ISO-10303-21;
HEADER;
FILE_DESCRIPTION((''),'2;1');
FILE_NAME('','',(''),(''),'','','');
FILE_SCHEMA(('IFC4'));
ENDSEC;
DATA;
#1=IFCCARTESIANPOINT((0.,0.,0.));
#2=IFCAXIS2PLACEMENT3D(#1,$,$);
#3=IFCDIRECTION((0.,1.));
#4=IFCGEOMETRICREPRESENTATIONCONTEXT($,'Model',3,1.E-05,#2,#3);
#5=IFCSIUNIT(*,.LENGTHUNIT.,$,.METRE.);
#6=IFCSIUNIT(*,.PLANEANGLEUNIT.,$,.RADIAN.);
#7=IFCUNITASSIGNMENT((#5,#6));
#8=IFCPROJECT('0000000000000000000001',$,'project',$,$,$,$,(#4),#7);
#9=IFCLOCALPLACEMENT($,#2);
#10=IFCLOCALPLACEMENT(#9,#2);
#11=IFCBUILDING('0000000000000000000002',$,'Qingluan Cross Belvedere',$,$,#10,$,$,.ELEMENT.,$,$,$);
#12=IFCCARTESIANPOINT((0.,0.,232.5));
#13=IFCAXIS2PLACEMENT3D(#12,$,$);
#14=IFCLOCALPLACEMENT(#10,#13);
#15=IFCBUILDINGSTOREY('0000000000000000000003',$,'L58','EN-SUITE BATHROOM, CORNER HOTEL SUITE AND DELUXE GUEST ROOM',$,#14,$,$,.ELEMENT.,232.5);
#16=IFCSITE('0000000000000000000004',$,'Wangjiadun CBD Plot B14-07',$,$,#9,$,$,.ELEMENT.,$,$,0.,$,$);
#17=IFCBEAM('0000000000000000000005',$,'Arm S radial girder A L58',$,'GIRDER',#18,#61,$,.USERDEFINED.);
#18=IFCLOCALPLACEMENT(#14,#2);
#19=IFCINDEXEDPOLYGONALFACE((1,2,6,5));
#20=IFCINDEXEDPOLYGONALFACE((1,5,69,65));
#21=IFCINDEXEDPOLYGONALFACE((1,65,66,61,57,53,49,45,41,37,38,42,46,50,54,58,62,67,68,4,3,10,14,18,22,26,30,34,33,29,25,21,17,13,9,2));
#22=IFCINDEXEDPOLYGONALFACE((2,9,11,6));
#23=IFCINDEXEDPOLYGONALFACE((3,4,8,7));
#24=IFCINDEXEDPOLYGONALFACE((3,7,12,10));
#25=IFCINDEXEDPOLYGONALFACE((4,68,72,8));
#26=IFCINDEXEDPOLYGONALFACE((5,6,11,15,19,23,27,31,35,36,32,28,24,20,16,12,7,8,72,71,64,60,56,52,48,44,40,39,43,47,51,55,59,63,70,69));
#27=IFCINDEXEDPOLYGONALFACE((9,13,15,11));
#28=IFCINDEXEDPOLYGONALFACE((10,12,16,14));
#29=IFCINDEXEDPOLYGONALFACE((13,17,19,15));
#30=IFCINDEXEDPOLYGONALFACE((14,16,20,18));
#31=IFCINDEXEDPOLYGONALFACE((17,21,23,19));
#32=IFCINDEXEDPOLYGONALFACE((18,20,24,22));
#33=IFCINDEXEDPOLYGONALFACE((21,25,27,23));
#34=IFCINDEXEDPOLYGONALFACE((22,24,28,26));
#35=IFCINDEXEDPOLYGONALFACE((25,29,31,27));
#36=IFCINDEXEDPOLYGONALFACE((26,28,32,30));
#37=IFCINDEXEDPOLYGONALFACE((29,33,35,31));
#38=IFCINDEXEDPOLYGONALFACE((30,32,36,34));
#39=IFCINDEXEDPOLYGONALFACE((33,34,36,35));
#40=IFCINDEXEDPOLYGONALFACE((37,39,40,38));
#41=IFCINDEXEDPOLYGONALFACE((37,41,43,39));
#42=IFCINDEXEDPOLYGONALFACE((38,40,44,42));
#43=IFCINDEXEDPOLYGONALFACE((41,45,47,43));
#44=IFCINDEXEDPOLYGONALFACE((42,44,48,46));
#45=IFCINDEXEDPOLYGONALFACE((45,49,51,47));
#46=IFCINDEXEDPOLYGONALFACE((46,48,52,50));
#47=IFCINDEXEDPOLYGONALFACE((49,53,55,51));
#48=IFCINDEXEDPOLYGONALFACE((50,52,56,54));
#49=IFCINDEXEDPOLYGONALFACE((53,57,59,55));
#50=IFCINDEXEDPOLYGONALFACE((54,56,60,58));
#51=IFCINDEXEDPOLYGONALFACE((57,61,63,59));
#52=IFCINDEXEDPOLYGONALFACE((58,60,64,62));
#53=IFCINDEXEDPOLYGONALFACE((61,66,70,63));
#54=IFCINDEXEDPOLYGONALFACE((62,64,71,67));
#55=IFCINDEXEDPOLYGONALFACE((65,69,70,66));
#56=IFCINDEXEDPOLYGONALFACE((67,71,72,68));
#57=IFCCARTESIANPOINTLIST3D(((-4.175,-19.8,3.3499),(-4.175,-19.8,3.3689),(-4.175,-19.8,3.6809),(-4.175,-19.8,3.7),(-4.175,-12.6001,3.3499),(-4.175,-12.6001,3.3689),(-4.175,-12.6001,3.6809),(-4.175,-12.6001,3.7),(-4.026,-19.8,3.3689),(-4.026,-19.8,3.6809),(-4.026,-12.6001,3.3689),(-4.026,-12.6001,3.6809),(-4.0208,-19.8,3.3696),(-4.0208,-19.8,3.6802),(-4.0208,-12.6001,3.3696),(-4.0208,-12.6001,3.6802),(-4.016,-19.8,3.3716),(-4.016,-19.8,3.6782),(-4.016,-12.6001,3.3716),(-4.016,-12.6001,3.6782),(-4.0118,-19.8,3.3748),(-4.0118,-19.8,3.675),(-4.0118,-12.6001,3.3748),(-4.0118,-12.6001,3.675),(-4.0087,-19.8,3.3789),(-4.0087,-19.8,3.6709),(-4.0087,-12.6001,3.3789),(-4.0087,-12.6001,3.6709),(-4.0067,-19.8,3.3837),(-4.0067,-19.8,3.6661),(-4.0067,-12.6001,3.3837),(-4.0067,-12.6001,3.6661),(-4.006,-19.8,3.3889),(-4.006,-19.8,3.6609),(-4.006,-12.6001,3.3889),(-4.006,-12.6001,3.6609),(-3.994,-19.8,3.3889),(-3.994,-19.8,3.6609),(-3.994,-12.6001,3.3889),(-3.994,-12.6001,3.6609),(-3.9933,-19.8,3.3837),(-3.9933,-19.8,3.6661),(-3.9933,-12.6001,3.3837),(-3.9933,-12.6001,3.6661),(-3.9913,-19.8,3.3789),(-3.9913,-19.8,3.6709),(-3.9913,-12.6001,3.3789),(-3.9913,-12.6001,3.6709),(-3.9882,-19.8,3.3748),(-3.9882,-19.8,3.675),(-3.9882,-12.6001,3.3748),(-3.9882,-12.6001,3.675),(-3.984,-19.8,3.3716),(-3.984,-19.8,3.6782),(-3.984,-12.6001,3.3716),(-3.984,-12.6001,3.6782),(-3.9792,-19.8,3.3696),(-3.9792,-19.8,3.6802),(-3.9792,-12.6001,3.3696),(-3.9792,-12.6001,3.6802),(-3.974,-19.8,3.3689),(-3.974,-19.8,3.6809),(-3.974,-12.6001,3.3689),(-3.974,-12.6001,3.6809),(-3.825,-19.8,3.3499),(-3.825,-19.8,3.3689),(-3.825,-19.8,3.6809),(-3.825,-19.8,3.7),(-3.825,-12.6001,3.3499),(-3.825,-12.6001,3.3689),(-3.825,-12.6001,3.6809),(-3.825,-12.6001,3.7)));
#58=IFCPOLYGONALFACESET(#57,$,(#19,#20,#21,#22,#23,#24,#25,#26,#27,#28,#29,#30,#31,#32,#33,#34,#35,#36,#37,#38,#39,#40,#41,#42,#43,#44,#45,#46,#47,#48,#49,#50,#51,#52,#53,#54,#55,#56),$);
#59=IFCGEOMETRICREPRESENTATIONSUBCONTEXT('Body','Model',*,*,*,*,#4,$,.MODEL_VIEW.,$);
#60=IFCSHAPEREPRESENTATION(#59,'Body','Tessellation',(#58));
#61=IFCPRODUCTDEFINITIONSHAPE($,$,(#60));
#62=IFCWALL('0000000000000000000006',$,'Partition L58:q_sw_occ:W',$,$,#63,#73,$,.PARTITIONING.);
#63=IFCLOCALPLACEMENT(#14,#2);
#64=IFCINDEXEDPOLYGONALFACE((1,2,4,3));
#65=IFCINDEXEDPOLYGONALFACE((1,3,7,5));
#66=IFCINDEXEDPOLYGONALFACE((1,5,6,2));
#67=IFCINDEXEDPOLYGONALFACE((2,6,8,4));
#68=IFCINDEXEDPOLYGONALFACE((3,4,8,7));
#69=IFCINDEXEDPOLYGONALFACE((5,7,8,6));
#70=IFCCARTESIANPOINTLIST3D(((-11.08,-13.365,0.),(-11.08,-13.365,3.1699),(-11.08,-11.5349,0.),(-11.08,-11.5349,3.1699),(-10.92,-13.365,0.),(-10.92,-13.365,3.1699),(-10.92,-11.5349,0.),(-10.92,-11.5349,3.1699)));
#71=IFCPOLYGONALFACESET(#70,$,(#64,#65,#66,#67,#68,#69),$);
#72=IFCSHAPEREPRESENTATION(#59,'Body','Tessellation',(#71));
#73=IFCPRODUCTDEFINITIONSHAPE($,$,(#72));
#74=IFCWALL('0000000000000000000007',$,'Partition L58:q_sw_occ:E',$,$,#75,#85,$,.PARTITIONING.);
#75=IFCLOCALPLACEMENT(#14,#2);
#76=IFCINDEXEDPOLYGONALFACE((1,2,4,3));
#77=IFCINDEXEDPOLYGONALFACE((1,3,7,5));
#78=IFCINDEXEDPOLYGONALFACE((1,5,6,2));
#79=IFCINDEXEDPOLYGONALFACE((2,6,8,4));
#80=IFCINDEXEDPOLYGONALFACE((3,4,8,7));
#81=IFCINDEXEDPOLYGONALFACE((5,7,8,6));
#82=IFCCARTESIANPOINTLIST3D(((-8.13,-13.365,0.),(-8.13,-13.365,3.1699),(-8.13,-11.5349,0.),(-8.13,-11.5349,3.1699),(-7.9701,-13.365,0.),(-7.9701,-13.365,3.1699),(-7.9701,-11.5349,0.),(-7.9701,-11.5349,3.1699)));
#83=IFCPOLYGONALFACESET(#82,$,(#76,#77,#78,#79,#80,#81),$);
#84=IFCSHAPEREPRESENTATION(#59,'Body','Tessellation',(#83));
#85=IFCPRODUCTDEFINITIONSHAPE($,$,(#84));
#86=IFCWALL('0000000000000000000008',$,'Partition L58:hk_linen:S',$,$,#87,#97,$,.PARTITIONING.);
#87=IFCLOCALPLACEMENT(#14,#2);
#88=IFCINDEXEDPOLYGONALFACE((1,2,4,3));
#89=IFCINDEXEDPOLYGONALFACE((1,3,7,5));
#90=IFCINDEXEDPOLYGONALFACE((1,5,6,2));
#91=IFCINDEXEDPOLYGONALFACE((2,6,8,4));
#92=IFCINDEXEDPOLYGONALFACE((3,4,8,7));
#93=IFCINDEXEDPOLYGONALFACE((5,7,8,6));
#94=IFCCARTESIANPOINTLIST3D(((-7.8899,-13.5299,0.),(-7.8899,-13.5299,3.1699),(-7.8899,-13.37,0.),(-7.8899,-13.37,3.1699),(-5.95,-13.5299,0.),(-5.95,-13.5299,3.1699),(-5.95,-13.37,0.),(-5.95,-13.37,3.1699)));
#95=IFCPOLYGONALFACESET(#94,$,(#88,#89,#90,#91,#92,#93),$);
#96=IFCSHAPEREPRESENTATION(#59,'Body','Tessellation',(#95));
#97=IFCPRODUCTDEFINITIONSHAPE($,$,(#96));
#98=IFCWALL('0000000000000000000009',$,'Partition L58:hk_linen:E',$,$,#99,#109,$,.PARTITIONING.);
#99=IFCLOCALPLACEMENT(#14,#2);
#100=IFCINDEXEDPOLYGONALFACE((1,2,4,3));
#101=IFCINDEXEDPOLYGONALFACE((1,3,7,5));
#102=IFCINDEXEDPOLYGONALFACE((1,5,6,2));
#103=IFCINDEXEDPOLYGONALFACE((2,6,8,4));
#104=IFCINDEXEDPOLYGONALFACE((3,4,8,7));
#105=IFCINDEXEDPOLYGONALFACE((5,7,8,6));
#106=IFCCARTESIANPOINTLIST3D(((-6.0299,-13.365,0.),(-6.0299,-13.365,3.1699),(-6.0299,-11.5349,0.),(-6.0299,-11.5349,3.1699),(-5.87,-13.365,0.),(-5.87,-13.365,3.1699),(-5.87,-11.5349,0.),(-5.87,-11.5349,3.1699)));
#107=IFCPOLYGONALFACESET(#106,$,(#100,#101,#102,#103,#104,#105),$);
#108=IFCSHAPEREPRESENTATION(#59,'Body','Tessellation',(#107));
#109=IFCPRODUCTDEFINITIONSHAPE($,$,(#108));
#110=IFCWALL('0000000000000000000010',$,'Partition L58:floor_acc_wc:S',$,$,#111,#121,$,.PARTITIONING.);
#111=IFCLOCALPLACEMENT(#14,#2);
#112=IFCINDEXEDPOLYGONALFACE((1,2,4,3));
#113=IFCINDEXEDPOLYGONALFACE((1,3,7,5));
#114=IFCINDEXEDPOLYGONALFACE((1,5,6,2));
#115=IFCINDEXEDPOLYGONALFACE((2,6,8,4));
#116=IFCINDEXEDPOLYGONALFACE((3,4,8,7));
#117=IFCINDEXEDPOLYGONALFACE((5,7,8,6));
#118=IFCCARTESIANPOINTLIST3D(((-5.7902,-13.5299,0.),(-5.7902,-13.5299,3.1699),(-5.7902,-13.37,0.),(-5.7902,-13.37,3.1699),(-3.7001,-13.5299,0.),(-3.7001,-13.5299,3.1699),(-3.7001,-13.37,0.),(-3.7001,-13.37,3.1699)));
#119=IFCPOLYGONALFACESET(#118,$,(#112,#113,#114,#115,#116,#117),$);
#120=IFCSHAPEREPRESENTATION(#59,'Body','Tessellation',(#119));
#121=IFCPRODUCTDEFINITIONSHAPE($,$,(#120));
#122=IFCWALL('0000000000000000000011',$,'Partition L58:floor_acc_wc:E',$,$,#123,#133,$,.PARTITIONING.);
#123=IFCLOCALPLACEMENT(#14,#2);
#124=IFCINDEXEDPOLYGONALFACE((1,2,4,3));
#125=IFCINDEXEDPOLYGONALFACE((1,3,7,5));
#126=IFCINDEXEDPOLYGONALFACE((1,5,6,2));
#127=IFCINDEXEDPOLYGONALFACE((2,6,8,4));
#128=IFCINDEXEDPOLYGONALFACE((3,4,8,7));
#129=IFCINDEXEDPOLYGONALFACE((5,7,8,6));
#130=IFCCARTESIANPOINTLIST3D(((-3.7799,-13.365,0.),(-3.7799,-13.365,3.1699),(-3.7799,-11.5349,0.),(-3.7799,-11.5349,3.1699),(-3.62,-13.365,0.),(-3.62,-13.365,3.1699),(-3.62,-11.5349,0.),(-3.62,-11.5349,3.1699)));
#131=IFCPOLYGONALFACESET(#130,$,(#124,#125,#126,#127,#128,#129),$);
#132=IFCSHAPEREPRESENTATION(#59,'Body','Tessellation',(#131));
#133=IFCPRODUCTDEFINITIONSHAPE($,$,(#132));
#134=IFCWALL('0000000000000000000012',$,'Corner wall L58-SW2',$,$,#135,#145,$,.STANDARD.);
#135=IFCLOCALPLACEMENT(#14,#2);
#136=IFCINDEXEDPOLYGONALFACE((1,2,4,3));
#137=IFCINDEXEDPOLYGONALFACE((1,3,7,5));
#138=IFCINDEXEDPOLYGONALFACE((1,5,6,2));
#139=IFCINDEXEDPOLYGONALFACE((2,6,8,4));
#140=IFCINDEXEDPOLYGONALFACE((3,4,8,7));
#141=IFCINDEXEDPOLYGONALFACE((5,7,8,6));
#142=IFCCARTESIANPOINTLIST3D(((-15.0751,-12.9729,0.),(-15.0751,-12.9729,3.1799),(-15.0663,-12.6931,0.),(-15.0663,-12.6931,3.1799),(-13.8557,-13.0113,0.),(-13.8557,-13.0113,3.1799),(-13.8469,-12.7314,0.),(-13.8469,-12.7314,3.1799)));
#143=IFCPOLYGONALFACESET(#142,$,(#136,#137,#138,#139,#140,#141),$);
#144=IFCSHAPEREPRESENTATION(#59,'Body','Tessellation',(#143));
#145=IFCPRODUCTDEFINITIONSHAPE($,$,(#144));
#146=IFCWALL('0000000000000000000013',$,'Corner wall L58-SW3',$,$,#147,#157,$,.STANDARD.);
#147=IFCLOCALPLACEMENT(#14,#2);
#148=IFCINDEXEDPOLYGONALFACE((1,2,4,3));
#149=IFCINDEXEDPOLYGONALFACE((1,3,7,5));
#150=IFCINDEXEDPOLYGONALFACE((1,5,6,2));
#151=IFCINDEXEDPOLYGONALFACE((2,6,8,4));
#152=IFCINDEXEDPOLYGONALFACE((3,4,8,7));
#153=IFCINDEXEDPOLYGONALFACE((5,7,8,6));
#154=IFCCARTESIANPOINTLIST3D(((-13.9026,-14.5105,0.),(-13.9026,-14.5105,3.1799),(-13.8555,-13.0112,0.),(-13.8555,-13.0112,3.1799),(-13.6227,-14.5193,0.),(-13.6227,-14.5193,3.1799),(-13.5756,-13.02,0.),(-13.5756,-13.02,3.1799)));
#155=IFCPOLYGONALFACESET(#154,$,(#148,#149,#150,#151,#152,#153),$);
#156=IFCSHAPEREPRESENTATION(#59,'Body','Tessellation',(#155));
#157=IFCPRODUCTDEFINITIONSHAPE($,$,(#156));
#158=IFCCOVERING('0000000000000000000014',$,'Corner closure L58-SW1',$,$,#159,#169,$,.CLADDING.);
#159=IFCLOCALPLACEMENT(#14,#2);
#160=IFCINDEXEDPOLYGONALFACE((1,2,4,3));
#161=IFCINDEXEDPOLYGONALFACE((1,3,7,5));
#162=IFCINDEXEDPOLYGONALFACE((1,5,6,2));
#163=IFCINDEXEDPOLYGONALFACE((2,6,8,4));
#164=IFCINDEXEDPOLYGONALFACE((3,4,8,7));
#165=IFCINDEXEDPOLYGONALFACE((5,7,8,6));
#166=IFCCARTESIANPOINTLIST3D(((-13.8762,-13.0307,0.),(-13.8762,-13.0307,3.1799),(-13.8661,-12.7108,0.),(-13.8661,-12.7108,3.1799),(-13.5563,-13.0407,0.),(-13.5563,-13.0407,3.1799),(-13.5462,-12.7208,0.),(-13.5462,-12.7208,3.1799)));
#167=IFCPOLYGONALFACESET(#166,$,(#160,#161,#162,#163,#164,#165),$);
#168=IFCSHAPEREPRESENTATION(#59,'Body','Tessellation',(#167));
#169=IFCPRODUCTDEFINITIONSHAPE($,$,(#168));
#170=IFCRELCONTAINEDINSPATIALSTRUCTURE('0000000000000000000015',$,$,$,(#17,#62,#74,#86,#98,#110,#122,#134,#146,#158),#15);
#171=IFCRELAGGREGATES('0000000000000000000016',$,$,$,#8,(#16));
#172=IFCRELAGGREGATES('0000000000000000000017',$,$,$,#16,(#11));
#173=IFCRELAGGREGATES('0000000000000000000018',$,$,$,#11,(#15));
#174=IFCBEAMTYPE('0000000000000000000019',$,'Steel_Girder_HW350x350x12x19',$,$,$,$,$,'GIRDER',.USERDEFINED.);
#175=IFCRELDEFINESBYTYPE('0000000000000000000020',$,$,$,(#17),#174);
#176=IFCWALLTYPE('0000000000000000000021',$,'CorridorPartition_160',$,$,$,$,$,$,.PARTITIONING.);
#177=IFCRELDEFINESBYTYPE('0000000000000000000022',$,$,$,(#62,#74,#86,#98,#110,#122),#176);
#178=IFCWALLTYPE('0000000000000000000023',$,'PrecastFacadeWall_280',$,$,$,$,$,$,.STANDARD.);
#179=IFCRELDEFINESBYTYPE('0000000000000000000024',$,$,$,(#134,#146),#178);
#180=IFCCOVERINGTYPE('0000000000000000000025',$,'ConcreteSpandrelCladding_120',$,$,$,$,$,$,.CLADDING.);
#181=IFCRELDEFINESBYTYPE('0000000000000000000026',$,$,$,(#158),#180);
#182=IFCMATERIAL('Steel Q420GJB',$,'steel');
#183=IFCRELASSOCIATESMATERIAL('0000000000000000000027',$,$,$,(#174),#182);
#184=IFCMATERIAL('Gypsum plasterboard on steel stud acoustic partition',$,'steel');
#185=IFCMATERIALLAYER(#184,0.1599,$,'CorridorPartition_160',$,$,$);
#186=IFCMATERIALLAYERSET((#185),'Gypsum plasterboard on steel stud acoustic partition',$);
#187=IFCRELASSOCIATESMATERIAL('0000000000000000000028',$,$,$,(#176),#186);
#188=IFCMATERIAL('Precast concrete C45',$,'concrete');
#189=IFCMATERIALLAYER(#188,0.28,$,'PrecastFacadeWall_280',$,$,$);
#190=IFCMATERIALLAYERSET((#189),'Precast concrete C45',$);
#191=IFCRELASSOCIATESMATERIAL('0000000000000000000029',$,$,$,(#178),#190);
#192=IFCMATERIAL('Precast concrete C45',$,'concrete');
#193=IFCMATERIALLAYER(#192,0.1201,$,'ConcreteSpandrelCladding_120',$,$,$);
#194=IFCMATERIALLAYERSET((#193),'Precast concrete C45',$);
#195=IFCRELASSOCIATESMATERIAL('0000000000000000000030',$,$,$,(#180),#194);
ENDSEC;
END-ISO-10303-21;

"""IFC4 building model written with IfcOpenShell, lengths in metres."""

from ifc_helpers import new_model, si_unit, direction, frame, frame_2d, origin, origin_2d, place, context, subcontext, project, spatial, rectangle, i_section, extrude, material, layer, layer_set, material_profile, profile_set, type_object, element, save


model = new_model("IFC4")

# Units and contexts
model_context = context("Model", 3, precision=1e-05, world=origin(), true_north=direction((0.0, 1.0)))
body_context = subcontext(model_context, "Body", "Model", "MODEL_VIEW")
ifc_project = project(units=[si_unit("LENGTHUNIT", "METRE"), si_unit("PLANEANGLEUNIT", "RADIAN")], contexts=[model_context])

# Site, building, storey
site_placement = place(None, origin())
site = spatial("IfcSite", under=ifc_project, at=site_placement, Name="Wangjiadun CBD Plot B14-07", CompositionType="ELEMENT", RefElevation=0.0)
building_placement = place(site_placement, origin())
building = spatial("IfcBuilding", under=site, at=building_placement, Name="Qingluan Cross Belvedere", CompositionType="ELEMENT")
storey_placement = place(building_placement, frame((0.0, 0.0, 232.5)))
storey = spatial("IfcBuildingStorey", under=building, at=storey_placement, Name="L58", Description="EN-SUITE BATHROOM, CORNER HOTEL SUITE AND DELUXE GUEST ROOM", CompositionType="ELEMENT", Elevation=232.5)

# Beam
ifc_material_1 = material(Name="Steel Q420GJB", Category="steel")
ifc_material_profile_1 = material_profile(ifc_material_1, i_section(OverallWidth=0.3501, OverallDepth=0.3501, WebThickness=0.012, FlangeThickness=0.019, FilletRadius=0.02, at=origin_2d()), Name="HW350x350x12x19")
ifc_profile_set_1 = profile_set([ifc_material_profile_1], Name="Steel Q420GJB")
beam_type_1 = type_object("IfcBeamType", Name="Steel_Girder_HW350x350x12x19", ElementType="GIRDER", PredefinedType="USERDEFINED", material=ifc_profile_set_1)
beam_1_placement = place(storey_placement, frame((-4.0, -12.6001, 3.5249), z_axis=(0.0, -1.0, 0.0), x_axis=(1.0, 0.0, 0.0)))
element("IfcBeam", 1, at=beam_1_placement, inside=storey, type_object=beam_type_1, Name="Arm S radial girder A L58", ObjectType="GIRDER", PredefinedType="USERDEFINED", context=body_context, shape_type="SweptSolid", body=[
    extrude(i_section(OverallWidth=0.3501, OverallDepth=0.3501, WebThickness=0.012, FlangeThickness=0.019, FilletRadius=0.02, at=origin_2d()), origin(), (0.0, 0.0, 1.0), 7.2),
])

# Walls
ifc_material_2 = material(Name="Gypsum plasterboard on steel stud acoustic partition", Category="steel")
ifc_layer_1 = layer(ifc_material_2, 0.1599, Name="CorridorPartition_160")
ifc_layer_set_1 = layer_set([ifc_layer_1], Name="Gypsum plasterboard on steel stud acoustic partition")
wall_type_1 = type_object("IfcWallType", Name="CorridorPartition_160", PredefinedType="PARTITIONING", material=ifc_layer_set_1)
for number, where, z_axis, x_axis, name in (
    (2, (-11.0, -13.365, 0.0), (0.0, 0.0, 1.0), (0.0, 1.0, 0.0), "Partition L58:q_sw_occ:W"),
    (3, (-8.05, -13.365, 0.0), (0.0, 0.0, 1.0), (0.0, 1.0, 0.0), "Partition L58:q_sw_occ:E"),
):
    element("IfcWall", number, at=place(storey_placement, frame(where, z_axis=z_axis, x_axis=x_axis)), inside=storey, type_object=wall_type_1, Name=name, PredefinedType="PARTITIONING", context=body_context, shape_type="SweptSolid", body=[
        extrude(rectangle(XDim=1.8301, YDim=0.1599, at=frame_2d((0.915, 0.0))), origin(), (0.0, 0.0, 1.0), 3.1699),
    ])
wall_1_placement = place(storey_placement, frame((-7.8899, -13.45, 0.0), z_axis=(0.0, 0.0, 1.0), x_axis=(1.0, 0.0, 0.0)))
element("IfcWall", 4, at=wall_1_placement, inside=storey, type_object=wall_type_1, Name="Partition L58:hk_linen:S", PredefinedType="PARTITIONING", context=body_context, shape_type="SweptSolid", body=[
    extrude(rectangle(XDim=1.9399, YDim=0.1599, at=frame_2d((0.97, 0.0))), origin(), (0.0, 0.0, 1.0), 3.1699),
])
wall_2_placement = place(storey_placement, frame((-5.95, -13.365, 0.0), z_axis=(0.0, 0.0, 1.0), x_axis=(0.0, 1.0, 0.0)))
element("IfcWall", 5, at=wall_2_placement, inside=storey, type_object=wall_type_1, Name="Partition L58:hk_linen:E", PredefinedType="PARTITIONING", context=body_context, shape_type="SweptSolid", body=[
    extrude(rectangle(XDim=1.8301, YDim=0.1599, at=frame_2d((0.915, 0.0))), origin(), (0.0, 0.0, 1.0), 3.1699),
])
wall_3_placement = place(storey_placement, frame((-5.79, -13.45, 0.0), z_axis=(0.0, 0.0, 1.0), x_axis=(1.0, 0.0, 0.0)))
element("IfcWall", 6, at=wall_3_placement, inside=storey, type_object=wall_type_1, Name="Partition L58:floor_acc_wc:S", PredefinedType="PARTITIONING", context=body_context, shape_type="SweptSolid", body=[
    extrude(rectangle(XDim=2.0901, YDim=0.1599, at=frame_2d((1.0449, 0.0))), origin(), (0.0, 0.0, 1.0), 3.1699),
])
wall_4_placement = place(storey_placement, frame((-3.7, -13.365, 0.0), z_axis=(0.0, 0.0, 1.0), x_axis=(0.0, 1.0, 0.0)))
element("IfcWall", 7, at=wall_4_placement, inside=storey, type_object=wall_type_1, Name="Partition L58:floor_acc_wc:E", PredefinedType="PARTITIONING", context=body_context, shape_type="SweptSolid", body=[
    extrude(rectangle(XDim=1.8301, YDim=0.1599, at=frame_2d((0.915, 0.0))), origin(), (0.0, 0.0, 1.0), 3.1699),
])
ifc_material_3 = material(Name="Precast concrete C45", Category="concrete")
ifc_layer_2 = layer(ifc_material_3, 0.28, Name="PrecastFacadeWall_280")
ifc_layer_set_2 = layer_set([ifc_layer_2], Name="Precast concrete C45")
wall_type_2 = type_object("IfcWallType", Name="PrecastFacadeWall_280", PredefinedType="STANDARD", material=ifc_layer_set_2)
wall_5_placement = place(storey_placement, frame((-15.0706, -12.833, 0.0), z_axis=(0.0, 0.0, 1.0), x_axis=(0.999506, -0.031416, 0.0)))
element("IfcWall", 8, at=wall_5_placement, inside=storey, type_object=wall_type_2, Name="Corner wall L58-SW2", PredefinedType="STANDARD", context=body_context, shape_type="SweptSolid", body=[
    extrude(rectangle(XDim=1.22, YDim=0.28, at=frame_2d((0.6099, 0.0))), origin(), (0.0, 0.0, 1.0), 3.1799),
])
wall_6_placement = place(storey_placement, frame((-13.7156, -13.0156, 0.0), z_axis=(0.0, 0.0, 1.0), x_axis=(-0.031413, -0.999507, 0.0)))
element("IfcWall", 9, at=wall_6_placement, inside=storey, type_object=wall_type_2, Name="Corner wall L58-SW3", PredefinedType="STANDARD", context=body_context, shape_type="SweptSolid", body=[
    extrude(rectangle(XDim=1.5, YDim=0.28, at=frame_2d((0.75, 0.0))), origin(), (0.0, 0.0, 1.0), 3.1799),
])

# Covering
ifc_material_4 = material(Name="Precast concrete C45", Category="concrete")
ifc_layer_3 = layer(ifc_material_4, 0.1201, Name="ConcreteSpandrelCladding_120")
ifc_layer_set_3 = layer_set([ifc_layer_3], Name="Precast concrete C45")
covering_type = type_object("IfcCoveringType", Name="ConcreteSpandrelCladding_120", PredefinedType="CLADDING", material=ifc_layer_set_3)
covering_placement = place(storey_placement, frame((-13.7112, -12.8757, 0.0), z_axis=(0.0, 0.0, 1.0), x_axis=(0.999507, -0.031411, 0.0)))
element("IfcCovering", 10, at=covering_placement, inside=storey, type_object=covering_type, Name="Corner closure L58-SW1", PredefinedType="CLADDING", context=body_context, shape_type="SweptSolid", body=[
    extrude(rectangle(XDim=0.3201, YDim=0.3201, at=origin_2d()), origin(), (0.0, 0.0, 1.0), 3.1799),
])

save(model, "model.ifc")
